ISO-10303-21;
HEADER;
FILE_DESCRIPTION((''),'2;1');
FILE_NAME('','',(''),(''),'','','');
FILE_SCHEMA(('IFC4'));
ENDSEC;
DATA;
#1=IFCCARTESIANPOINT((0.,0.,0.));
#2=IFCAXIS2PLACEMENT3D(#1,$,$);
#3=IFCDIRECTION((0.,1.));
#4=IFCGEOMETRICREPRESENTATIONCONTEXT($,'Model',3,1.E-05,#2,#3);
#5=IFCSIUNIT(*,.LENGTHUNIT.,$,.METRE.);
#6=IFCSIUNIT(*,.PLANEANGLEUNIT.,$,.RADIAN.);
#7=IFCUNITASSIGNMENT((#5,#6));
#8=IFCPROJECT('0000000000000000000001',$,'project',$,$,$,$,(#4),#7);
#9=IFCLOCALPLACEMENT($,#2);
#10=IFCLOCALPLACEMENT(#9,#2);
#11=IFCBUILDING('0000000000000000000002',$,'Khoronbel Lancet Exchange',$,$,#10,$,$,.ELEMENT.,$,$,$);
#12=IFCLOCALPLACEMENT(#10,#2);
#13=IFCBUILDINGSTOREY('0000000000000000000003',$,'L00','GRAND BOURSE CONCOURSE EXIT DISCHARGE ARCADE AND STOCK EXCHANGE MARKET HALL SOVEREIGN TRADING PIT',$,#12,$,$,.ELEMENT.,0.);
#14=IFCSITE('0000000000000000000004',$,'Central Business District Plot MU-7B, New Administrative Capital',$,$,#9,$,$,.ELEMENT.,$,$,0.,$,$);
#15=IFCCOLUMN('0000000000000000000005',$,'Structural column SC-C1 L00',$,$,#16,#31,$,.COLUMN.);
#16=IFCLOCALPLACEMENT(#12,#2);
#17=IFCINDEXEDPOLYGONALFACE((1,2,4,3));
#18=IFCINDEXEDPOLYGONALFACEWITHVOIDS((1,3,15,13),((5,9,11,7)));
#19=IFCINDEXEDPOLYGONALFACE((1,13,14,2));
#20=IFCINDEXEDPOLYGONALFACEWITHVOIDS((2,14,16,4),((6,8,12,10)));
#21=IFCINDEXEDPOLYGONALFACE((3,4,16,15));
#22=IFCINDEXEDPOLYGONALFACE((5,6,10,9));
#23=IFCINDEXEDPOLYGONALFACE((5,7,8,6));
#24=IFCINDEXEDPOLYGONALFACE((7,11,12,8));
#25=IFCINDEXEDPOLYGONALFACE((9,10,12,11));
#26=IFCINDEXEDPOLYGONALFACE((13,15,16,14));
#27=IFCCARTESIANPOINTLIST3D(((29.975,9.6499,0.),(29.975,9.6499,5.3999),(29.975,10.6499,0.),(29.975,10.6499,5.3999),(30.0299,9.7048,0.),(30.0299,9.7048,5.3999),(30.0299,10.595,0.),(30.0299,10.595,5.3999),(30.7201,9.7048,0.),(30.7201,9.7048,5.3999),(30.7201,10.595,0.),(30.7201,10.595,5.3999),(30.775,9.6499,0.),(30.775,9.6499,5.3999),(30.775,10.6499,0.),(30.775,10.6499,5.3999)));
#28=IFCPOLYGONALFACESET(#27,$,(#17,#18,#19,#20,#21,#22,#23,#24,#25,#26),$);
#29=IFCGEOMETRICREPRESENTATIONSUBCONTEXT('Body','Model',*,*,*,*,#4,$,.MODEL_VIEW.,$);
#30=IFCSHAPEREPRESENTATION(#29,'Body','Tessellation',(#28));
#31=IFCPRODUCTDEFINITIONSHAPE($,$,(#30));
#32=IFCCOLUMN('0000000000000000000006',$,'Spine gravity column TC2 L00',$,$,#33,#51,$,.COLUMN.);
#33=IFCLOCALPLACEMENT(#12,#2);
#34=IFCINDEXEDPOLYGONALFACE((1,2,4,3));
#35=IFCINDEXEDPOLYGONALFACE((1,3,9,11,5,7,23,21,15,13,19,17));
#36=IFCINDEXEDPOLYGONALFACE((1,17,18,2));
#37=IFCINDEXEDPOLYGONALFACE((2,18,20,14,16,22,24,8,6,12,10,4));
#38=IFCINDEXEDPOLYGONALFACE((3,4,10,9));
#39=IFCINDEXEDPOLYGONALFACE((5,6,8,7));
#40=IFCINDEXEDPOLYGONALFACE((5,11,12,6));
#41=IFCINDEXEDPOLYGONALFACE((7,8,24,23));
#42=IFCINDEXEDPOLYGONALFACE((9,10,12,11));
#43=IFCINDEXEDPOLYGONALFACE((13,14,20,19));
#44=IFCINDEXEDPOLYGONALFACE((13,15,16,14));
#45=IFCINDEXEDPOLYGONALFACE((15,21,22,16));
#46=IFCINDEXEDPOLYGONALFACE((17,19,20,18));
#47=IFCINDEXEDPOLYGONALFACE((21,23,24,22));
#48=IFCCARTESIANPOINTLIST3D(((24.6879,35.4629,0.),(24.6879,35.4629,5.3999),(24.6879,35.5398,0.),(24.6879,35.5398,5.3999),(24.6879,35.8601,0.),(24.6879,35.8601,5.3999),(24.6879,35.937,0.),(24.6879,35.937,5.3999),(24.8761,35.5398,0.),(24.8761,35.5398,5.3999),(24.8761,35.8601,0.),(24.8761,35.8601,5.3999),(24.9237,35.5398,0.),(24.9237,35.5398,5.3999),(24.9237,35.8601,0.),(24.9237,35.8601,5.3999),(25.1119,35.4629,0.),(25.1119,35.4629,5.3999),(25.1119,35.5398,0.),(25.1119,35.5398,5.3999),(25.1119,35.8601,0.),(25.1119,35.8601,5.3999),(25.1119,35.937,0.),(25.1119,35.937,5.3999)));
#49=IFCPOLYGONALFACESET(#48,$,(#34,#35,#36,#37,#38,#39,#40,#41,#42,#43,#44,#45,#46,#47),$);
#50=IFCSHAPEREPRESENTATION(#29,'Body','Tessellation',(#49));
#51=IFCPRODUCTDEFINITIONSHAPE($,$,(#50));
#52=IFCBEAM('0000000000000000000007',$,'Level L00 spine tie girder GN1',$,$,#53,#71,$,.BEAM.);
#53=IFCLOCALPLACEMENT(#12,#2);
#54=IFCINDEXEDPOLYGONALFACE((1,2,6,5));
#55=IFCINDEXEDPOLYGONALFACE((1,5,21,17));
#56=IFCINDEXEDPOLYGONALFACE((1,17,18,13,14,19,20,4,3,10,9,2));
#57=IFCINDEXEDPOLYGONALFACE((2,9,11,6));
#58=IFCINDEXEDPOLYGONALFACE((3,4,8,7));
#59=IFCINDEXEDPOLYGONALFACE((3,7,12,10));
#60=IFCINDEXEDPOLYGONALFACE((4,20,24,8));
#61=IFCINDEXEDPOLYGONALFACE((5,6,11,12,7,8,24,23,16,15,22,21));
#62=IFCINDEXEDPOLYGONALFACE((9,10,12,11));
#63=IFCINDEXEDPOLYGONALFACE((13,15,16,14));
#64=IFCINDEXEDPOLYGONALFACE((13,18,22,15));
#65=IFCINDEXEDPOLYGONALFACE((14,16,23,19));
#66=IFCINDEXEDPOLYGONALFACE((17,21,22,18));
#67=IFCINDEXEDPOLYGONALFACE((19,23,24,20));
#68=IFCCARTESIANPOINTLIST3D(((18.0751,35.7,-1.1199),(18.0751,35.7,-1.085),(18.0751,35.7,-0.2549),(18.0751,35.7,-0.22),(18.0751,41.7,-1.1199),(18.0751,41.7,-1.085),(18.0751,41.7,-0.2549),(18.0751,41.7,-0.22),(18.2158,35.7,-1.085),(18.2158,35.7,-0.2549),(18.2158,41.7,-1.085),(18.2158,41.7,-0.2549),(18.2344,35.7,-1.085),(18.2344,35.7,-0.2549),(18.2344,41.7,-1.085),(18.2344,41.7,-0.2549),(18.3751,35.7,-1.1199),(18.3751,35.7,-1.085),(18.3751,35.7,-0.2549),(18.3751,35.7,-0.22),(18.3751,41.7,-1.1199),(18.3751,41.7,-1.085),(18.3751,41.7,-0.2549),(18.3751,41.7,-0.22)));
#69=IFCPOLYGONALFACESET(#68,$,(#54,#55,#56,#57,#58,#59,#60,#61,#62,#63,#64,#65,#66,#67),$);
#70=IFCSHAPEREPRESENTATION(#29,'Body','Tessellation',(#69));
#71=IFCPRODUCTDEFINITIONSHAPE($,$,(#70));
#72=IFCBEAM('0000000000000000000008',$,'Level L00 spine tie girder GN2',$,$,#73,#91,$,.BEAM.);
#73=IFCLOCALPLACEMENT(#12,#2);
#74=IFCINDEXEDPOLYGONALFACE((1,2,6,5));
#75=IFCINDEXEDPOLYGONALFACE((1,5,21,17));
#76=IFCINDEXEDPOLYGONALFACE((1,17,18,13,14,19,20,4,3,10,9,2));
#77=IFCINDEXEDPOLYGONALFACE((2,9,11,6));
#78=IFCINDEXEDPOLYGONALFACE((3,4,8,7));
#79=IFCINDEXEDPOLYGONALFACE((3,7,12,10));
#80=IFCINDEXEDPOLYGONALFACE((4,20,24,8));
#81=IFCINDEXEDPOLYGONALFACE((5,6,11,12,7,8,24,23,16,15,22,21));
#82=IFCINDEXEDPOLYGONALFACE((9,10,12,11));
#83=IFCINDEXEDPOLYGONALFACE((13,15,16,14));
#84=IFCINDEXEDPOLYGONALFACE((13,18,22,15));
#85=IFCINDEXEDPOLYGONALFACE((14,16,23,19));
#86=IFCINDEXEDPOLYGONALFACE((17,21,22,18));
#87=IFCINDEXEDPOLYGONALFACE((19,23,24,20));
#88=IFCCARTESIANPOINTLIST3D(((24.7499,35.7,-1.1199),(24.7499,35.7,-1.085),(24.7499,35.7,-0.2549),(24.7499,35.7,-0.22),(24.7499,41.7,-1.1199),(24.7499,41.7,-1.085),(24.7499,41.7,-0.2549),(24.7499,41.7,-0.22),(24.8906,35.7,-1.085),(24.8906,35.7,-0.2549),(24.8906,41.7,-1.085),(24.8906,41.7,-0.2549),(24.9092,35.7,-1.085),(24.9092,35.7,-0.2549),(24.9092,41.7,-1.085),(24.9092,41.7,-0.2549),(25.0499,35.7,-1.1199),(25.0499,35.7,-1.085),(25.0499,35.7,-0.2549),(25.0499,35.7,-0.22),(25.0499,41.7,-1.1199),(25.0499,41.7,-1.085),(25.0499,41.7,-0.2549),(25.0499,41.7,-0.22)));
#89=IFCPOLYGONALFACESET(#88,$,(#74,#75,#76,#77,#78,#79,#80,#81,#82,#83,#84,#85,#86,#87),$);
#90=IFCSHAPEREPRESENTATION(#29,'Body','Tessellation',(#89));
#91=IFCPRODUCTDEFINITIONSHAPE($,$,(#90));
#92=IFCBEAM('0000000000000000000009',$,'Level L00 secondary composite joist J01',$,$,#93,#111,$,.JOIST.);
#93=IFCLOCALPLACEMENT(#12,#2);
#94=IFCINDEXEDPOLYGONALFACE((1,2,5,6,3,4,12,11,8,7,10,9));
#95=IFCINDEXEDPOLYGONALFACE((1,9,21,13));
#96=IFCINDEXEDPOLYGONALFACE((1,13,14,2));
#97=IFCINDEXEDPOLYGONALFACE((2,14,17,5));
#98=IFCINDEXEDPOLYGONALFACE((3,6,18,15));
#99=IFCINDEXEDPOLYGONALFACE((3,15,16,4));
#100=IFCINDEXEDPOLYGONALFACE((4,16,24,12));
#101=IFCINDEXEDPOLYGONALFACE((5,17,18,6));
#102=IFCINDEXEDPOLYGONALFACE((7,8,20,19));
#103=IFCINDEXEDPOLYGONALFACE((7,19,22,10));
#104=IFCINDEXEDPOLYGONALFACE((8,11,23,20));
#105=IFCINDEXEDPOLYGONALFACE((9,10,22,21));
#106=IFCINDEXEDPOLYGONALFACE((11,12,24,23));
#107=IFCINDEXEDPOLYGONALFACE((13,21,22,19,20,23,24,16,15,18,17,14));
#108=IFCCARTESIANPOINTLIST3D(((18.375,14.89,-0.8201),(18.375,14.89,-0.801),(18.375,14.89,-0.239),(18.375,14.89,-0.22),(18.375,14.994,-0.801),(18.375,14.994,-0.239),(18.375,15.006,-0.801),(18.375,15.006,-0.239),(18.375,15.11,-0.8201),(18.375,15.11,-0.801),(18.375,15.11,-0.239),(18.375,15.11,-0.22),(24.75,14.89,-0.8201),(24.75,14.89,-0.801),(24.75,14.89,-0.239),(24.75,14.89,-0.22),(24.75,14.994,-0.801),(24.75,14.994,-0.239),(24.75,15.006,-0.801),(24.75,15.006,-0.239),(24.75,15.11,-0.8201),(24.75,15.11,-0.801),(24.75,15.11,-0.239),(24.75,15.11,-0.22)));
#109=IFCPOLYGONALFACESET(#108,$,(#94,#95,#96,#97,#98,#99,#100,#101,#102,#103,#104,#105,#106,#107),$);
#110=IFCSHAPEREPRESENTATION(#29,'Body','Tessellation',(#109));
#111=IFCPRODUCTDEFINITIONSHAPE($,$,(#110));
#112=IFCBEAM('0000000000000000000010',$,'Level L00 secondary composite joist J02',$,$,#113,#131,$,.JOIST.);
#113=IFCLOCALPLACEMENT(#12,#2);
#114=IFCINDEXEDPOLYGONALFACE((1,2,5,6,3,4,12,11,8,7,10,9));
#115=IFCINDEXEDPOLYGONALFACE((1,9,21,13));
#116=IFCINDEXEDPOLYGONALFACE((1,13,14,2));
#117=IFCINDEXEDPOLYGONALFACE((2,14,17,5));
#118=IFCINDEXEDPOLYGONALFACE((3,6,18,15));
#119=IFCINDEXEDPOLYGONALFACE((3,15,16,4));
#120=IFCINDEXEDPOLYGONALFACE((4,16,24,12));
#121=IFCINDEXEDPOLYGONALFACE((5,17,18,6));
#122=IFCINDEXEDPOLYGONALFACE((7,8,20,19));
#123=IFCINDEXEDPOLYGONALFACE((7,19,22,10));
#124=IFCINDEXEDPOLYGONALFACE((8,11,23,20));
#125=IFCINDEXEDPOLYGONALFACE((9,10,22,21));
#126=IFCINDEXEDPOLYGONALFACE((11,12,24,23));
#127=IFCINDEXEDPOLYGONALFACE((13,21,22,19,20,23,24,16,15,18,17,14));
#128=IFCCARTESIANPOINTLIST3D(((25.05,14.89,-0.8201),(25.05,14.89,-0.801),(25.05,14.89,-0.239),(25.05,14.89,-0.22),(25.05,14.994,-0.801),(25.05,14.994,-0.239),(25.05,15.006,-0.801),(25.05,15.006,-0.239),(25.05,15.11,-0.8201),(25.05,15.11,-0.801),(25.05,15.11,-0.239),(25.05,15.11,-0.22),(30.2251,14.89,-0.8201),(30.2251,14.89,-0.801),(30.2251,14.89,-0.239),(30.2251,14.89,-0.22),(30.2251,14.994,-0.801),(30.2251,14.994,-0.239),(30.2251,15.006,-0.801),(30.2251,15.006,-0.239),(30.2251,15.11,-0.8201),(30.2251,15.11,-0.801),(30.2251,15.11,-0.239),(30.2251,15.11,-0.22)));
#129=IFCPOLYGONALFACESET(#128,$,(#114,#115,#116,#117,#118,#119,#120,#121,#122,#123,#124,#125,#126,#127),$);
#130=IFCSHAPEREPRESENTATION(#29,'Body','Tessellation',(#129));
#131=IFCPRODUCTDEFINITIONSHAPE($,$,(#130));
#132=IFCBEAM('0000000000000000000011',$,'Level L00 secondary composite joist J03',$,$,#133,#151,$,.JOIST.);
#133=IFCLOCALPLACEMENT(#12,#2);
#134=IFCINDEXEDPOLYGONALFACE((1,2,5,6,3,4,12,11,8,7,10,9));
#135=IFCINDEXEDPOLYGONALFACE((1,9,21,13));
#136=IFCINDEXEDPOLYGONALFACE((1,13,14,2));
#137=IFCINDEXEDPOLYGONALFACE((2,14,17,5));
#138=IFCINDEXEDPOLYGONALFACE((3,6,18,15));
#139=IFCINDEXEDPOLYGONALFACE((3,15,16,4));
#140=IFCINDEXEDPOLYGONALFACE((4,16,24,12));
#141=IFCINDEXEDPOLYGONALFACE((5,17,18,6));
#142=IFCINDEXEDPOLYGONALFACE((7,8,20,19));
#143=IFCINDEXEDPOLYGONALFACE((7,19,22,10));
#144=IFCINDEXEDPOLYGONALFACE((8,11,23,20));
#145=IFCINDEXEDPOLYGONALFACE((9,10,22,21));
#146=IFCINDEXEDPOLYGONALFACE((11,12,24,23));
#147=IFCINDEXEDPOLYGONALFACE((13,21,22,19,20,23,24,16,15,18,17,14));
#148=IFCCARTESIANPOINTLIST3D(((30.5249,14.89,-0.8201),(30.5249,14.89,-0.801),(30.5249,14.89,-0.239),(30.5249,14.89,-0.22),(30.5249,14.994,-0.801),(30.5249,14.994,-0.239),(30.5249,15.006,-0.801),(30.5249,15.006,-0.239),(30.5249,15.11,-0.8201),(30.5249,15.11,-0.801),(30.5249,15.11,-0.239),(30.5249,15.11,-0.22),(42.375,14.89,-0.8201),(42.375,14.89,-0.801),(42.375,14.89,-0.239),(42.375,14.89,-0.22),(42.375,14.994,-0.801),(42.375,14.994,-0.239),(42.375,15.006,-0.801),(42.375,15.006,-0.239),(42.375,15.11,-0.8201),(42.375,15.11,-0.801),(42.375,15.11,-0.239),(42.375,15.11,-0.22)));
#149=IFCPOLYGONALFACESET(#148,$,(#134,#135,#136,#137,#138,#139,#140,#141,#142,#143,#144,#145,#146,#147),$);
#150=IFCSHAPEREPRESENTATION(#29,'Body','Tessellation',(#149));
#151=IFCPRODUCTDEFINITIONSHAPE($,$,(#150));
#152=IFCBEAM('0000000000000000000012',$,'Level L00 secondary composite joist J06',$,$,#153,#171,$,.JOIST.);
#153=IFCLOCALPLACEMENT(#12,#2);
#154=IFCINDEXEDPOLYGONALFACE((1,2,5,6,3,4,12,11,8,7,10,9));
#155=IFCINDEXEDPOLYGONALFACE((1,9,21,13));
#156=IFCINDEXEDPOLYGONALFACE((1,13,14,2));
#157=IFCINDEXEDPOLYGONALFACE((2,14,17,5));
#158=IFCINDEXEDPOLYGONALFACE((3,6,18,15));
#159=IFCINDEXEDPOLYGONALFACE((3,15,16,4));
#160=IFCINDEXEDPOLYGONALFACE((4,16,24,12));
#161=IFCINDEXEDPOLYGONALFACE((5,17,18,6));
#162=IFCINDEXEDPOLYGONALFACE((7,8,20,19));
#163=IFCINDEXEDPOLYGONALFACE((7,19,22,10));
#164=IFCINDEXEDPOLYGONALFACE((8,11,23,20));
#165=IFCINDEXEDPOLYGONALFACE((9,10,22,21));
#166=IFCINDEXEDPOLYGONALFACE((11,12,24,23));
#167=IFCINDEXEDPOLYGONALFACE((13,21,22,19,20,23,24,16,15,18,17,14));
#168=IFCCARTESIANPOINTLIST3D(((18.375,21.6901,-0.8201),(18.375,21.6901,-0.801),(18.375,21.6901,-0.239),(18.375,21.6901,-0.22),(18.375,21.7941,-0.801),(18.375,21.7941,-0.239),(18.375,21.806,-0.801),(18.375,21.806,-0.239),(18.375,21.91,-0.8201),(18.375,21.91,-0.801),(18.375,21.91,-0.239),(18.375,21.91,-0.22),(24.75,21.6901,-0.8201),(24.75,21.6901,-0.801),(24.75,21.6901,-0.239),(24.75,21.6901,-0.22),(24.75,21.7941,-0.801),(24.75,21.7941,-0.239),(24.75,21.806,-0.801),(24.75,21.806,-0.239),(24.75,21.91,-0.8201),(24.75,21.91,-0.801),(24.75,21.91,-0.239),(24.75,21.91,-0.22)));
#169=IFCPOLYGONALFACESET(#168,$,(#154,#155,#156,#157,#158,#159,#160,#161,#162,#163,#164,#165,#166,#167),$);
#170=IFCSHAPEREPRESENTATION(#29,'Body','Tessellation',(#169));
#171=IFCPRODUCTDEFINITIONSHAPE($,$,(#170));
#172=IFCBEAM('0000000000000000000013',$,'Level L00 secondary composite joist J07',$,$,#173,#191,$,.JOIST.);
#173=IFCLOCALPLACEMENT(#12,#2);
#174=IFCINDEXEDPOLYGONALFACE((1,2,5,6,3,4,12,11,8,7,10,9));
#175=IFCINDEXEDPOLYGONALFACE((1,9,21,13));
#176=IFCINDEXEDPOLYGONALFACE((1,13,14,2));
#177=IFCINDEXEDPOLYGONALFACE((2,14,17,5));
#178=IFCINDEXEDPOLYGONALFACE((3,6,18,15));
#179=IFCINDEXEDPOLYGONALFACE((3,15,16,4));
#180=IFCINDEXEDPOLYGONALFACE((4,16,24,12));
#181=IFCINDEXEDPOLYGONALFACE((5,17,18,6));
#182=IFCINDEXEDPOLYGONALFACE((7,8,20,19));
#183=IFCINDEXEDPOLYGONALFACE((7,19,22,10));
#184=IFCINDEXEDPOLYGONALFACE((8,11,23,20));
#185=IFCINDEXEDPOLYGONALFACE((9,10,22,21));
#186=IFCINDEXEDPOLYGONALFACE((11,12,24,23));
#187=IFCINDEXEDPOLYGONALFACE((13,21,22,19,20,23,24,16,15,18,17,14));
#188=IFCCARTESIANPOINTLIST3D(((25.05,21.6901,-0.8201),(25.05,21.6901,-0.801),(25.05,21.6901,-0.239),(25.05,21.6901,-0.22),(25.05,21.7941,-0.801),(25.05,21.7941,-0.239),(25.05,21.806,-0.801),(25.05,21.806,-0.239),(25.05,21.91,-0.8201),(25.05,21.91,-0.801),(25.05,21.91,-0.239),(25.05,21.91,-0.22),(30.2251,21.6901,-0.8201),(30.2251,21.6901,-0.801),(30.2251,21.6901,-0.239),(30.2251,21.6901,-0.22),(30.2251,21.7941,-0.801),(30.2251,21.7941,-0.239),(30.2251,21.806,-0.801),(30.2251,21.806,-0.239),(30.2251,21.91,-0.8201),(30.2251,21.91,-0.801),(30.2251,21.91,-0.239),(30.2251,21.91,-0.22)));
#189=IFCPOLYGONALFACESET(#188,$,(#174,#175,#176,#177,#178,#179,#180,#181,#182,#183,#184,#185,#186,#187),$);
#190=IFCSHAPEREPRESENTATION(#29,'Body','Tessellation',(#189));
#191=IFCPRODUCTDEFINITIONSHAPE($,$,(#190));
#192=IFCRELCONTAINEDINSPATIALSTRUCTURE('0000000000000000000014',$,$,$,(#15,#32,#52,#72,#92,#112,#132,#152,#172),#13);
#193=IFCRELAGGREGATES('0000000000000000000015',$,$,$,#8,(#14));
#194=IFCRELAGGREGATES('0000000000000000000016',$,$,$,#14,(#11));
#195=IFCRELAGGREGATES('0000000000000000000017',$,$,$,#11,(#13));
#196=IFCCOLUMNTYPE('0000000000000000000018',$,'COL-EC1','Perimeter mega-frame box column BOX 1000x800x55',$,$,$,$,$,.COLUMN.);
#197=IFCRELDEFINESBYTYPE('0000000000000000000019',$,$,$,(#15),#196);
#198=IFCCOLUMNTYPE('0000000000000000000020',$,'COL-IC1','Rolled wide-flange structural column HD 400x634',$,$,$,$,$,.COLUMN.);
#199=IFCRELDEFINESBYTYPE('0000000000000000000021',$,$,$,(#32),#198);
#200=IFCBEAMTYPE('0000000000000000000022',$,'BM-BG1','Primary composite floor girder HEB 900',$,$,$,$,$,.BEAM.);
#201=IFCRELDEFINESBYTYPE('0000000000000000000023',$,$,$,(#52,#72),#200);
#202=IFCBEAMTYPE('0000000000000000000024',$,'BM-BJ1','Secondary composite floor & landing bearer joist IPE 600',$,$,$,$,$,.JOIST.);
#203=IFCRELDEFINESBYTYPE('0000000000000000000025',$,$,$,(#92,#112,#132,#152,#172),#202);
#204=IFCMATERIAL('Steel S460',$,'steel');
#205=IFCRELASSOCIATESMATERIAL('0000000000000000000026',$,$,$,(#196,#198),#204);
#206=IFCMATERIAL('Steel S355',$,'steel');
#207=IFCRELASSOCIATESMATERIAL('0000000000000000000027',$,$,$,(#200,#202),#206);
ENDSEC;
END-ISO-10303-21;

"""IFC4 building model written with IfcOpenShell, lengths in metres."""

from ifc_helpers import new_model, si_unit, direction, frame, origin, origin_2d, place, context, subcontext, project, spatial, hollow_rectangle, i_section, extrude, material, material_profile, profile_set, type_object, element, save


model = new_model("IFC4")

# Units and contexts
model_context = context("Model", 3, precision=1e-05, world=origin(), true_north=direction((0.0, 1.0)))
body_context = subcontext(model_context, "Body", "Model", "MODEL_VIEW")
ifc_project = project(units=[si_unit("LENGTHUNIT", "METRE"), si_unit("PLANEANGLEUNIT", "RADIAN")], contexts=[model_context])

# Site, building, storey
site_placement = place(None, origin())
site = spatial("IfcSite", under=ifc_project, at=site_placement, Name="Central Business District Plot MU-7B, New Administrative Capital", CompositionType="ELEMENT", RefElevation=0.0)
building_placement = place(site_placement, origin())
building = spatial("IfcBuilding", under=site, at=building_placement, Name="Khoronbel Lancet Exchange", CompositionType="ELEMENT")
storey_placement = place(building_placement, origin())
storey = spatial("IfcBuildingStorey", under=building, at=storey_placement, Name="L00", Description="GRAND BOURSE CONCOURSE EXIT DISCHARGE ARCADE AND STOCK EXCHANGE MARKET HALL SOVEREIGN TRADING PIT", CompositionType="ELEMENT", Elevation=0.0)

# Columns
ifc_material_1 = material(Name="Steel S460", Category="steel")
ifc_material_profile_1 = material_profile(ifc_material_1, hollow_rectangle(XDim=0.8, YDim=1.0, WallThickness=0.0549, at=origin_2d()), Name="BOX 1000x800x55")
ifc_profile_set_1 = profile_set([ifc_material_profile_1], Name="Steel S460")
column_type_1 = type_object("IfcColumnType", Name="COL-EC1", Description="Perimeter mega-frame box column BOX 1000x800x55", PredefinedType="COLUMN", material=ifc_profile_set_1)
column_1_placement = place(storey_placement, frame((30.375, 10.1499, 0.0), z_axis=(0.0, 0.0, 1.0), x_axis=(1.0, 0.0, 0.0)))
element("IfcColumn", 1, at=column_1_placement, inside=storey, type_object=column_type_1, Name="Structural column SC-C1 L00", PredefinedType="COLUMN", context=body_context, shape_type="SweptSolid", body=[
    extrude(hollow_rectangle(XDim=0.8, YDim=1.0, WallThickness=0.0549, at=origin_2d()), origin(), (0.0, 0.0, 1.0), 5.3999),
])
ifc_material_profile_2 = material_profile(ifc_material_1, i_section(OverallWidth=0.4241, OverallDepth=0.4741, WebThickness=0.0476, FlangeThickness=0.0769, at=origin_2d()), Name="HD 400x634")
ifc_profile_set_2 = profile_set([ifc_material_profile_2], Name="Steel S460")
column_type_2 = type_object("IfcColumnType", Name="COL-IC1", Description="Rolled wide-flange structural column HD 400x634", PredefinedType="COLUMN", material=ifc_profile_set_2)
column_2_placement = place(storey_placement, frame((24.8999, 35.7, 0.0), z_axis=(0.0, 0.0, 1.0), x_axis=(1.0, 0.0, 0.0)))
element("IfcColumn", 2, at=column_2_placement, inside=storey, type_object=column_type_2, Name="Spine gravity column TC2 L00", PredefinedType="COLUMN", context=body_context, shape_type="SweptSolid", body=[
    extrude(i_section(OverallWidth=0.4241, OverallDepth=0.4741, WebThickness=0.0476, FlangeThickness=0.0769, at=origin_2d()), origin(), (0.0, 0.0, 1.0), 5.3999),
])

# Beams
ifc_material_2 = material(Name="Steel S355", Category="steel")
ifc_material_profile_3 = material_profile(ifc_material_2, i_section(OverallWidth=0.3, OverallDepth=0.8999, WebThickness=0.0186, FlangeThickness=0.0349, at=origin_2d()), Name="HEB 900")
ifc_profile_set_3 = profile_set([ifc_material_profile_3], Name="Steel S355")
beam_type_1 = type_object("IfcBeamType", Name="BM-BG1", Description="Primary composite floor girder HEB 900", PredefinedType="BEAM", material=ifc_profile_set_3)
for number, where, z_axis, x_axis, name in (
    (3, (18.2251, 35.7, -0.6699), (0.0, 1.0, 0.0), (-1.0, 0.0, 0.0), "Level L00 spine tie girder GN1"),
    (4, (24.8999, 35.7, -0.6699), (0.0, 1.0, 0.0), (-1.0, 0.0, 0.0), "Level L00 spine tie girder GN2"),
):
    element("IfcBeam", number, at=place(storey_placement, frame(where, z_axis=z_axis, x_axis=x_axis)), inside=storey, type_object=beam_type_1, Name=name, PredefinedType="BEAM", context=body_context, shape_type="SweptSolid", body=[
        extrude(i_section(OverallWidth=0.3, OverallDepth=0.8999, WebThickness=0.0186, FlangeThickness=0.0349, at=origin_2d()), origin(), (0.0, 0.0, 1.0), 6.0),
    ])
ifc_material_profile_4 = material_profile(ifc_material_2, i_section(OverallWidth=0.22, OverallDepth=0.6001, WebThickness=0.012, FlangeThickness=0.019, at=origin_2d()), Name="IPE 600")
ifc_profile_set_4 = profile_set([ifc_material_profile_4], Name="Steel S355")
beam_type_2 = type_object("IfcBeamType", Name="BM-BJ1", Description="Secondary composite floor & landing bearer joist IPE 600", PredefinedType="JOIST", material=ifc_profile_set_4)
beam_1_placement = place(storey_placement, frame((18.375, 15.0, -0.52), z_axis=(1.0, 0.0, 0.0), x_axis=(0.0, 1.0, 0.0)))
element("IfcBeam", 5, at=beam_1_placement, inside=storey, type_object=beam_type_2, Name="Level L00 secondary composite joist J01", PredefinedType="JOIST", context=body_context, shape_type="SweptSolid", body=[
    extrude(i_section(OverallWidth=0.22, OverallDepth=0.6001, WebThickness=0.012, FlangeThickness=0.019, at=origin_2d()), origin(), (0.0, 0.0, 1.0), 6.375),
])
beam_2_placement = place(storey_placement, frame((25.05, 15.0, -0.52), z_axis=(1.0, 0.0, 0.0), x_axis=(0.0, 1.0, 0.0)))
element("IfcBeam", 6, at=beam_2_placement, inside=storey, type_object=beam_type_2, Name="Level L00 secondary composite joist J02", PredefinedType="JOIST", context=body_context, shape_type="SweptSolid", body=[
    extrude(i_section(OverallWidth=0.22, OverallDepth=0.6001, WebThickness=0.012, FlangeThickness=0.019, at=origin_2d()), origin(), (0.0, 0.0, 1.0), 5.175),
])
beam_3_placement = place(storey_placement, frame((30.5249, 15.0, -0.52), z_axis=(1.0, 0.0, 0.0), x_axis=(0.0, 1.0, 0.0)))
element("IfcBeam", 7, at=beam_3_placement, inside=storey, type_object=beam_type_2, Name="Level L00 secondary composite joist J03", PredefinedType="JOIST", context=body_context, shape_type="SweptSolid", body=[
    extrude(i_section(OverallWidth=0.22, OverallDepth=0.6001, WebThickness=0.012, FlangeThickness=0.019, at=origin_2d()), origin(), (0.0, 0.0, 1.0), 11.8501),
])
beam_4_placement = place(storey_placement, frame((18.375, 21.8, -0.52), z_axis=(1.0, 0.0, 0.0), x_axis=(0.0, 1.0, 0.0)))
element("IfcBeam", 8, at=beam_4_placement, inside=storey, type_object=beam_type_2, Name="Level L00 secondary composite joist J06", PredefinedType="JOIST", context=body_context, shape_type="SweptSolid", body=[
    extrude(i_section(OverallWidth=0.22, OverallDepth=0.6001, WebThickness=0.012, FlangeThickness=0.019, at=origin_2d()), origin(), (0.0, 0.0, 1.0), 6.375),
])
beam_5_placement = place(storey_placement, frame((25.05, 21.8, -0.52), z_axis=(1.0, 0.0, 0.0), x_axis=(0.0, 1.0, 0.0)))
element("IfcBeam", 9, at=beam_5_placement, inside=storey, type_object=beam_type_2, Name="Level L00 secondary composite joist J07", PredefinedType="JOIST", context=body_context, shape_type="SweptSolid", body=[
    extrude(i_section(OverallWidth=0.22, OverallDepth=0.6001, WebThickness=0.012, FlangeThickness=0.019, at=origin_2d()), origin(), (0.0, 0.0, 1.0), 5.175),
])

save(model, "model.ifc")
